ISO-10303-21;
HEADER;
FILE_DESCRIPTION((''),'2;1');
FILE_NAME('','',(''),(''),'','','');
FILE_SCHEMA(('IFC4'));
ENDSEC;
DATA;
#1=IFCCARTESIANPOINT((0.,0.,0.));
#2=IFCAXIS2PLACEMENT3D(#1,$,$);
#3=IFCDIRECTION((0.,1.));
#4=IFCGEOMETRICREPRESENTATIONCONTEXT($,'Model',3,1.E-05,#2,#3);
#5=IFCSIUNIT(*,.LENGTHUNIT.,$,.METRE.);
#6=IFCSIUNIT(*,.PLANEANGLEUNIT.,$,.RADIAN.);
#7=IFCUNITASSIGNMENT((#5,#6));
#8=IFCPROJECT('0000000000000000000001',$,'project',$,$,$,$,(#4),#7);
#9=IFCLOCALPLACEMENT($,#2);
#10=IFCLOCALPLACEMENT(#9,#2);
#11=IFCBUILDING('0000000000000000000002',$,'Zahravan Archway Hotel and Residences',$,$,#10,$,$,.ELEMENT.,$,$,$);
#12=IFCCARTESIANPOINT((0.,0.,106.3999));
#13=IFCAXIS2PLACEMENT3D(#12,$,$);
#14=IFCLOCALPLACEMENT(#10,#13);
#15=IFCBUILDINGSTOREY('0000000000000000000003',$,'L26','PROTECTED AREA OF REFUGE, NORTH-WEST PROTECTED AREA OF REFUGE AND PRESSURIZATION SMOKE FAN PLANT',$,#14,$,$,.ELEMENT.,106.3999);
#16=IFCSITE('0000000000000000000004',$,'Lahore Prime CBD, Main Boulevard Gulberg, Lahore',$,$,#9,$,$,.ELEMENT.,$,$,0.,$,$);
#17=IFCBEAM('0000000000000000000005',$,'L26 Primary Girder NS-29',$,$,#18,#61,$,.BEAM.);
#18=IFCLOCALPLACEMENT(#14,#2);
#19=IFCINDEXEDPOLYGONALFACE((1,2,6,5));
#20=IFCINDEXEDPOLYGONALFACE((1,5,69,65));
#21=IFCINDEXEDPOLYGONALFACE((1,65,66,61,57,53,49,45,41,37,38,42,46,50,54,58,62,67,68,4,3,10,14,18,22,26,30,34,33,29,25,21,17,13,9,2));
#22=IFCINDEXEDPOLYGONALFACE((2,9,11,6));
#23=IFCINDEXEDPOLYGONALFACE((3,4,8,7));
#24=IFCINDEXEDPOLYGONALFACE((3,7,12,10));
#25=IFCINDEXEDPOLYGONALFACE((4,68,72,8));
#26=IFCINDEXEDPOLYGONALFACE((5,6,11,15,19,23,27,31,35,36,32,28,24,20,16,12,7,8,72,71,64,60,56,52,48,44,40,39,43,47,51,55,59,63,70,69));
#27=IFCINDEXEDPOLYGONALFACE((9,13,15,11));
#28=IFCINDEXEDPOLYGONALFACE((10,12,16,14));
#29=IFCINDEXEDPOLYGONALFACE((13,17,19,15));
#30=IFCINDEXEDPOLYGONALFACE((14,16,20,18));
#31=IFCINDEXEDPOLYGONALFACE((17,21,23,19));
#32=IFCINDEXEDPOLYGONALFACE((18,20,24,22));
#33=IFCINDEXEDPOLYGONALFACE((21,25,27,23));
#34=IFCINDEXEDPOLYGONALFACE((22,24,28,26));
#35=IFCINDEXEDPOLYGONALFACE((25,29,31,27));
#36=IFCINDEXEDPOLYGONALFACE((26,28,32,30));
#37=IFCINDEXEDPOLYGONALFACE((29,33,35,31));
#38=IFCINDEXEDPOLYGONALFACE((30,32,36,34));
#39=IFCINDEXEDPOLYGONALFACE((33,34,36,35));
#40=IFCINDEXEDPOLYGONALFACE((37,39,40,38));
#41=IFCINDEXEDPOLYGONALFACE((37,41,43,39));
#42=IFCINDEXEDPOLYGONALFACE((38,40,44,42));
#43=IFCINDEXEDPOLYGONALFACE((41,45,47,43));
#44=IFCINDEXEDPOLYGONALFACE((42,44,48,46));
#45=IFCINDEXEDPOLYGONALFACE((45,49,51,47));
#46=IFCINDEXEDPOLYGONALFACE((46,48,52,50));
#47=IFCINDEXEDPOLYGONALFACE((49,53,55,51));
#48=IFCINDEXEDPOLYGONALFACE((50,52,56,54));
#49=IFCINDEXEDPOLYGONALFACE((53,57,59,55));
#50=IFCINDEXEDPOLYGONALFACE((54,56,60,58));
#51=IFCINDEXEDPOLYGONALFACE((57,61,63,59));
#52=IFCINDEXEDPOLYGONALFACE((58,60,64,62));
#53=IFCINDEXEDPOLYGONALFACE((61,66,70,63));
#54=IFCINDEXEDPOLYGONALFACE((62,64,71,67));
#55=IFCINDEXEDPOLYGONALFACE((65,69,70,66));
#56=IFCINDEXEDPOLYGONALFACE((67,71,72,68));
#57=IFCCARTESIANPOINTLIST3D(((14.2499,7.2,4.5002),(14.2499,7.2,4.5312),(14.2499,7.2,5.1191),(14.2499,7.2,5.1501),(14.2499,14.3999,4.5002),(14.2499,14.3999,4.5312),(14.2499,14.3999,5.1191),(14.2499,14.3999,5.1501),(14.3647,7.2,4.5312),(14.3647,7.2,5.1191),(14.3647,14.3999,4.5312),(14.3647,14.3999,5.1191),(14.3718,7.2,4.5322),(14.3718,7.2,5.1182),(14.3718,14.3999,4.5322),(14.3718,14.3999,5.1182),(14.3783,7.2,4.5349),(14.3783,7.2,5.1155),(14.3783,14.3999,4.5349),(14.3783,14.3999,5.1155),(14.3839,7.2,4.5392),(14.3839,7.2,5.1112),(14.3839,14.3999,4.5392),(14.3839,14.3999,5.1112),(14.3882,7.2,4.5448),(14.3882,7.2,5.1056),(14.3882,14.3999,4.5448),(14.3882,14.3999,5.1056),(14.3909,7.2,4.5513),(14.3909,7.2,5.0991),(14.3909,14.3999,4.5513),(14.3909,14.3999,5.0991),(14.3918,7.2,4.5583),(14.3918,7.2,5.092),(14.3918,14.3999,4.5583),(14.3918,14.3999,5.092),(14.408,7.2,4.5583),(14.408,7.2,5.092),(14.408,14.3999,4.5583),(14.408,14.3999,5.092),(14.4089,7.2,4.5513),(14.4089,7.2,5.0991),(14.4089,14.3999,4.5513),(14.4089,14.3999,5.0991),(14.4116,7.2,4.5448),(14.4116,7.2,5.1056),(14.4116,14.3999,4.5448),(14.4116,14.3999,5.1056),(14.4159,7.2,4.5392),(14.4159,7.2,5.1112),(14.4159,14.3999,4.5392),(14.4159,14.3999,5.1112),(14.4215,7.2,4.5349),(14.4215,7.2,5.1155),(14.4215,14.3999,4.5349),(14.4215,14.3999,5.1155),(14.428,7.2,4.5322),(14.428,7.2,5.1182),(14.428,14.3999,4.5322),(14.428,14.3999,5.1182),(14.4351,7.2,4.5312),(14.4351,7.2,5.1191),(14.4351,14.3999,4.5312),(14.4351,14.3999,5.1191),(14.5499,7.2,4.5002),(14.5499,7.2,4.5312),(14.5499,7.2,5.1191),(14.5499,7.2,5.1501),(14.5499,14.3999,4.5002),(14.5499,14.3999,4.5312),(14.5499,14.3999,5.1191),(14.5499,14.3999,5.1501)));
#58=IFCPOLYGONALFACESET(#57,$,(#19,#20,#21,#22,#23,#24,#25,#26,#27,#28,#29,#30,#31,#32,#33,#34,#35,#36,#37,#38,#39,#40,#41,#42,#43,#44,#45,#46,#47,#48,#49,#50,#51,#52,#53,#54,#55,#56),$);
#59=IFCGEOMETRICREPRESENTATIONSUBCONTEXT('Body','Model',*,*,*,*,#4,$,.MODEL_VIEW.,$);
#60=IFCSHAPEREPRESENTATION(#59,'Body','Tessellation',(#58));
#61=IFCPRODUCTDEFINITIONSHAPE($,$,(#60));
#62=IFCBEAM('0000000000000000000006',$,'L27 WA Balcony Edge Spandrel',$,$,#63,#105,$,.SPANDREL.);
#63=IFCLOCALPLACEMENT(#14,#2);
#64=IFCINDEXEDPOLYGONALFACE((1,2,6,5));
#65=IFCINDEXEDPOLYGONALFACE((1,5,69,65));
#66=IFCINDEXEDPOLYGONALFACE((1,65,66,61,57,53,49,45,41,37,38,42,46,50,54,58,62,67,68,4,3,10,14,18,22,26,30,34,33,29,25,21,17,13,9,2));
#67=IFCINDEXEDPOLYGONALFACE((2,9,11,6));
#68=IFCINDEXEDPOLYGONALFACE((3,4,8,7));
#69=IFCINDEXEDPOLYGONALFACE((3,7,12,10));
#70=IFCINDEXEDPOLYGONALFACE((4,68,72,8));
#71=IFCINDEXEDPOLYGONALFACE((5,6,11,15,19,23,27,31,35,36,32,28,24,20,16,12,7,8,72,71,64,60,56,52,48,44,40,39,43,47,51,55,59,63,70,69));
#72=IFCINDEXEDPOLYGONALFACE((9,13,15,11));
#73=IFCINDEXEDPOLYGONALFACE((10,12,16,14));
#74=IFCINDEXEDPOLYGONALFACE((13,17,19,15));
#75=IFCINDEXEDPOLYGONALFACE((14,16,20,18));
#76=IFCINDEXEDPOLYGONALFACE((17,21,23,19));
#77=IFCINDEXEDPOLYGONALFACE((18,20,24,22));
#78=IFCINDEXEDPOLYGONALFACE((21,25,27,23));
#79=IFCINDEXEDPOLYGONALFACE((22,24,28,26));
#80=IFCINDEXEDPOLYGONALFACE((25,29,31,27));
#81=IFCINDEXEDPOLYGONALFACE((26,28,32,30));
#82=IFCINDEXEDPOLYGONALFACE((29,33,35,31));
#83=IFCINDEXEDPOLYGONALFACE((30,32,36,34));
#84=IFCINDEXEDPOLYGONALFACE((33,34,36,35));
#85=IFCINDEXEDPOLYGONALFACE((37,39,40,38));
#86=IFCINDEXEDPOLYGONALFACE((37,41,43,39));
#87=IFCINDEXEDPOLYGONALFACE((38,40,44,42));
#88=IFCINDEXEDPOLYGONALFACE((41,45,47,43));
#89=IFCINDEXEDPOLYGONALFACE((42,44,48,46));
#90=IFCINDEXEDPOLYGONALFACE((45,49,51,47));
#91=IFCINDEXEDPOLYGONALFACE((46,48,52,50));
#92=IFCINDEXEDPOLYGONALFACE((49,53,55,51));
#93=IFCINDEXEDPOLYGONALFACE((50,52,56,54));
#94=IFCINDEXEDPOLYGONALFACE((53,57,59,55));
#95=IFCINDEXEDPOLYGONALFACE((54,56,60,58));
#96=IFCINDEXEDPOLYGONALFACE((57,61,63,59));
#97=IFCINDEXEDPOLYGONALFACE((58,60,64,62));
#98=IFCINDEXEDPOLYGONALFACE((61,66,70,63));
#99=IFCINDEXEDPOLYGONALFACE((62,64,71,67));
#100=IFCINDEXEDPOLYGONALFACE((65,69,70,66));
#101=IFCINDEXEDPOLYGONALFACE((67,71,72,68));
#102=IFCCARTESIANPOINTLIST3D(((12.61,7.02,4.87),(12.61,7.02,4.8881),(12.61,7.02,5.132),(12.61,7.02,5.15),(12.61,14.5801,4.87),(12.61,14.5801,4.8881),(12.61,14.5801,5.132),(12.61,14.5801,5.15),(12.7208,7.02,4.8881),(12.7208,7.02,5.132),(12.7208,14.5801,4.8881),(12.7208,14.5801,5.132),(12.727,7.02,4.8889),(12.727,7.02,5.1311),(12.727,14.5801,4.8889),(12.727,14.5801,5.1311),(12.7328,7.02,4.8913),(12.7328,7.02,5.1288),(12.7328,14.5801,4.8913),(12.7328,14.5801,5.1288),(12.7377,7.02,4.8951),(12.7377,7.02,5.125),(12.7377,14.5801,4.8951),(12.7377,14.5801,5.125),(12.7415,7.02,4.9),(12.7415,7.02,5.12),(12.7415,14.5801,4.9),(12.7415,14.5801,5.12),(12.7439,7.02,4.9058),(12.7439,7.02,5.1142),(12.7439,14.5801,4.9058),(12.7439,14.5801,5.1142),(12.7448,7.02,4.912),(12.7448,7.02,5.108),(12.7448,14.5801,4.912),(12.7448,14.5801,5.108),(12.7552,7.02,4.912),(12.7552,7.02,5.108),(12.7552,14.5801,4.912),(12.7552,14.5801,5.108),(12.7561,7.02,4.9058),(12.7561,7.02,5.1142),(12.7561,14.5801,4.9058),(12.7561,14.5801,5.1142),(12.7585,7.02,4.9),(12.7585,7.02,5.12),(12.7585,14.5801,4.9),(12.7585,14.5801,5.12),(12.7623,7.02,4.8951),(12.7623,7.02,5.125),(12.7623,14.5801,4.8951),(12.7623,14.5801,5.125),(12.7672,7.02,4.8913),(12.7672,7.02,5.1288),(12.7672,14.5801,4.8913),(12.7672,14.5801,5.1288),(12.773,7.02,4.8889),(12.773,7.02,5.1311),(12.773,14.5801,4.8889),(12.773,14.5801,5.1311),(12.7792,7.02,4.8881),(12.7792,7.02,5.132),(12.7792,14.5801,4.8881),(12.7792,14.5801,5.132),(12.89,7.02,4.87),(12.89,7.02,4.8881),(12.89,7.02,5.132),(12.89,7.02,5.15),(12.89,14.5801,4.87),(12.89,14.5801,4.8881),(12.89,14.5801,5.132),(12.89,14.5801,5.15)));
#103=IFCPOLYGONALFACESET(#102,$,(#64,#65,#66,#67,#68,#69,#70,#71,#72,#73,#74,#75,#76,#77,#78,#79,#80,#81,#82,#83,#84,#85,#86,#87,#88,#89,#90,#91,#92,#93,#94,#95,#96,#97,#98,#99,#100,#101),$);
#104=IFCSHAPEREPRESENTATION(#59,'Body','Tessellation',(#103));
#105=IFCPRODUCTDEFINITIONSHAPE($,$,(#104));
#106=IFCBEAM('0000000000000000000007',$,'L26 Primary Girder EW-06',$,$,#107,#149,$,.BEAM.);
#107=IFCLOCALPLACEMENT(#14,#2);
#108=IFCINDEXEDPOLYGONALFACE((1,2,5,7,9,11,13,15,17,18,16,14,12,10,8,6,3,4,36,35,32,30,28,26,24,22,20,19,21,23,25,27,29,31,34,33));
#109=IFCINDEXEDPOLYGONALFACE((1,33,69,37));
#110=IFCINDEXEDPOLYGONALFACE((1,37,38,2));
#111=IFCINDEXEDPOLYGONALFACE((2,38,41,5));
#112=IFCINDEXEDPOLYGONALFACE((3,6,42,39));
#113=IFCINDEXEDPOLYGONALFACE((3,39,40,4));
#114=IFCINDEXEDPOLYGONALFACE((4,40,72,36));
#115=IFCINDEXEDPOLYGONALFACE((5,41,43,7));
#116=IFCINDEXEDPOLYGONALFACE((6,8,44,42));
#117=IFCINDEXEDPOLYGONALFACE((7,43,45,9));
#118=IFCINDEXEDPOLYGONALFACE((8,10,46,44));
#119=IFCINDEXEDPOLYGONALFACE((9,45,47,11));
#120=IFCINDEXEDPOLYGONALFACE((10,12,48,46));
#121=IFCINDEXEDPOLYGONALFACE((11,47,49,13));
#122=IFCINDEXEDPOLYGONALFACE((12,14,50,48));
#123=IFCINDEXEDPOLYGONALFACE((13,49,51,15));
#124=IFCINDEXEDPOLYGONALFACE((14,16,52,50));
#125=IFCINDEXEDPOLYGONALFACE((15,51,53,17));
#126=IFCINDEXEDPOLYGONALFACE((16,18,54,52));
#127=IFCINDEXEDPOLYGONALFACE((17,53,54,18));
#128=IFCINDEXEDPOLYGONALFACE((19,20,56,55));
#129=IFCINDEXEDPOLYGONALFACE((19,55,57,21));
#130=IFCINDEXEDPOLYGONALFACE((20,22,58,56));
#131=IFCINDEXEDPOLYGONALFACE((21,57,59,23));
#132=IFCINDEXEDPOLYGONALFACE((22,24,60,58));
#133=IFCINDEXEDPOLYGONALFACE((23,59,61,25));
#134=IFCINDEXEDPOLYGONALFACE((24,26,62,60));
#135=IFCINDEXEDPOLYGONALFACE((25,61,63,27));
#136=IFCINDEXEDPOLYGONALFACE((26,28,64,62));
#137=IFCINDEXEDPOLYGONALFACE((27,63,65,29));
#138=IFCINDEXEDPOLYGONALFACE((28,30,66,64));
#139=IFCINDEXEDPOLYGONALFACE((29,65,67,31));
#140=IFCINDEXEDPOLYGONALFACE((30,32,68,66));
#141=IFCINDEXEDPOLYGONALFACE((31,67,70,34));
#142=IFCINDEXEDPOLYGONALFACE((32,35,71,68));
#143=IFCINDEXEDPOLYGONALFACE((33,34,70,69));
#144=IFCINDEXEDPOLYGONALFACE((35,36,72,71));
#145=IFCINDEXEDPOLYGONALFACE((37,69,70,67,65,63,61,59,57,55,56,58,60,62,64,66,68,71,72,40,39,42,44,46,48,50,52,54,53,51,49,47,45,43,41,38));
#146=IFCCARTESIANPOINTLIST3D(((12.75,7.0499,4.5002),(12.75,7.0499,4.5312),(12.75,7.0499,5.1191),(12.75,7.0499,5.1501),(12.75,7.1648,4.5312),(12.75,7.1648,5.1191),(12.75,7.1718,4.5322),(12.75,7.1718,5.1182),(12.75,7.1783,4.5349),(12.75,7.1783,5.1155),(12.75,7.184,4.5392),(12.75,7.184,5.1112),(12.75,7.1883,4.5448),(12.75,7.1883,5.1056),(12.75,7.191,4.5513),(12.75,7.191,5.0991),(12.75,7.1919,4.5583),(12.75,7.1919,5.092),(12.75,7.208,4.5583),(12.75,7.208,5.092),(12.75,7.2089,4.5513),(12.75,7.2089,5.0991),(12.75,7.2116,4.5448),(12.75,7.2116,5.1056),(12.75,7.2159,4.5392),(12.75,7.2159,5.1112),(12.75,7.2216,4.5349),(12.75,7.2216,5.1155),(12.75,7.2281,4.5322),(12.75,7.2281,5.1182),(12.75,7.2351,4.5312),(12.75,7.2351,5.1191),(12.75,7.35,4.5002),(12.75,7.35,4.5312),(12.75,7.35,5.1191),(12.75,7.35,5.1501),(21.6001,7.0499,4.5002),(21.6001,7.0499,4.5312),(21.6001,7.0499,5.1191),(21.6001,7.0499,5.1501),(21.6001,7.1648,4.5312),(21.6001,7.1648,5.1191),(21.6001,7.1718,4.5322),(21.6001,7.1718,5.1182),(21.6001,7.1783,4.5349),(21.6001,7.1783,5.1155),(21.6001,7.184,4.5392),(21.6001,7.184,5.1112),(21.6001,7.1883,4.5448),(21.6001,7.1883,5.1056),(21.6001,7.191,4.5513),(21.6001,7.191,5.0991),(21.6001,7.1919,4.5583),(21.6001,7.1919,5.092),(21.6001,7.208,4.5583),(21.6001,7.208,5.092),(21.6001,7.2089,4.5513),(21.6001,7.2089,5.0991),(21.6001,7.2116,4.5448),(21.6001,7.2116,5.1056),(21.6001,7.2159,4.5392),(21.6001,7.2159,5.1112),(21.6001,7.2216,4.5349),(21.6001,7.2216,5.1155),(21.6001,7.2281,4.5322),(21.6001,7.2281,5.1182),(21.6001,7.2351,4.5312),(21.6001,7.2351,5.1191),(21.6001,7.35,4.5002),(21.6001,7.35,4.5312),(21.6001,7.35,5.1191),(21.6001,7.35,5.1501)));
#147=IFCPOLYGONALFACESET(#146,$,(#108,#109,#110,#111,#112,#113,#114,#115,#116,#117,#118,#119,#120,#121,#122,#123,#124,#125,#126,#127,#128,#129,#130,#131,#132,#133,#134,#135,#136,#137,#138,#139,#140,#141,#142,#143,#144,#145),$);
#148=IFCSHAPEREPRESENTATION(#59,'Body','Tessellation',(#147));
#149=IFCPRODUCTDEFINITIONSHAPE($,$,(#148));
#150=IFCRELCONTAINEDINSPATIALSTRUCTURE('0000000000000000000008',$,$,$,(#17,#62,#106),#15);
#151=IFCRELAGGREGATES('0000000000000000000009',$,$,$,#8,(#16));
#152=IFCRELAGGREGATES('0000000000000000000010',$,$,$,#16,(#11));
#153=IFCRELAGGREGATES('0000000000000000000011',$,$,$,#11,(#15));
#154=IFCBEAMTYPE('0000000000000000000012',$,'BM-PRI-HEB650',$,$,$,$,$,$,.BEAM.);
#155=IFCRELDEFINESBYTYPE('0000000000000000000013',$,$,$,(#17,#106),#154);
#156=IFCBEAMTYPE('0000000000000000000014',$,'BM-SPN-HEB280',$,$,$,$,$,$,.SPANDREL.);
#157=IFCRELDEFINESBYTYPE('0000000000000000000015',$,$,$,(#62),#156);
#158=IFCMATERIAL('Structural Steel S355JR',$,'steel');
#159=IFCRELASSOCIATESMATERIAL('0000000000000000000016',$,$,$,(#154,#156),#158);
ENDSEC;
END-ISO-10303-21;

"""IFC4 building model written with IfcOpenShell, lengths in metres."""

from ifc_helpers import new_model, si_unit, direction, frame, origin, origin_2d, place, context, subcontext, project, spatial, i_section, extrude, source, transform, mapped, material, material_profile, profile_set, type_object, type_shapes, element, save


model = new_model("IFC4")

# Units and contexts
model_context = context("Model", 3, precision=1e-05, world=origin(), true_north=direction((0.0, 1.0)))
body_context = subcontext(model_context, "Body", "Model", "MODEL_VIEW")
ifc_project = project(units=[si_unit("LENGTHUNIT", "METRE"), si_unit("PLANEANGLEUNIT", "RADIAN")], contexts=[model_context])

# Site, building, storey
site_placement = place(None, origin())
site = spatial("IfcSite", under=ifc_project, at=site_placement, Name="Lahore Prime CBD, Main Boulevard Gulberg, Lahore", CompositionType="ELEMENT", RefElevation=0.0)
building_placement = place(site_placement, origin())
building = spatial("IfcBuilding", under=site, at=building_placement, Name="Zahravan Archway Hotel and Residences", CompositionType="ELEMENT")
storey_placement = place(building_placement, frame((0.0, 0.0, 106.3999)))
storey = spatial("IfcBuildingStorey", under=building, at=storey_placement, Name="L26", Description="PROTECTED AREA OF REFUGE, NORTH-WEST PROTECTED AREA OF REFUGE AND PRESSURIZATION SMOKE FAN PLANT", CompositionType="ELEMENT", Elevation=106.3999)

# Beams
ifc_material_1 = material(Name="Structural Steel S355JR", Category="steel")
ifc_material_profile_1 = material_profile(ifc_material_1, i_section(OverallWidth=0.3, OverallDepth=0.6499, WebThickness=0.0161, FlangeThickness=0.031, FilletRadius=0.0271, at=origin_2d()), Name="HEB 650", Category="steel")
ifc_profile_set_1 = profile_set([ifc_material_profile_1], Name="Structural Steel S355JR")
beam_type_1 = type_object("IfcBeamType", Name="BM-PRI-HEB650", PredefinedType="BEAM", material=ifc_profile_set_1)
shared_shape_1 = source(origin(), body_context, "Body", "SweptSolid", [
    extrude(i_section(OverallWidth=0.3, OverallDepth=0.6499, WebThickness=0.0161, FlangeThickness=0.031, FilletRadius=0.0271, at=origin_2d()), origin(), (0.0, 0.0, 1.0), 7.2),
])
for number, where, z_axis, x_axis, name in (
    (1, (14.3999, 7.2, 4.8252), (0.0, 1.0, 0.0), (-1.0, 0.0, 0.0), "L26 Primary Girder NS-29"),
):
    element("IfcBeam", number, at=place(storey_placement, frame(where, z_axis=z_axis, x_axis=x_axis)), inside=storey, type_object=beam_type_1, Name=name, PredefinedType="BEAM", context=body_context, shape_type="MappedRepresentation", body=[
        mapped(shared_shape_1, transform((0.0, 0.0, 0.0), scale=1.0)),
    ])
ifc_material_profile_2 = material_profile(ifc_material_1, i_section(OverallWidth=0.28, OverallDepth=0.28, WebThickness=0.0105, FlangeThickness=0.0181, FilletRadius=0.0239, at=origin_2d()), Name="HEB 280", Category="steel")
ifc_profile_set_2 = profile_set([ifc_material_profile_2], Name="Structural Steel S355JR")
beam_type_2 = type_object("IfcBeamType", Name="BM-SPN-HEB280", PredefinedType="SPANDREL", material=ifc_profile_set_2)
shared_shape_2 = source(origin(), body_context, "Body", "SweptSolid", [
    extrude(i_section(OverallWidth=0.28, OverallDepth=0.28, WebThickness=0.0105, FlangeThickness=0.0181, FilletRadius=0.0239, at=origin_2d()), origin(), (0.0, 0.0, 1.0), 7.5601),
])
type_shapes(beam_type_2, [shared_shape_2])
beam_1_placement = place(storey_placement, frame((12.75, 7.02, 5.01), z_axis=(0.0, 1.0, 0.0), x_axis=(-1.0, 0.0, 0.0)))
element("IfcBeam", 2, at=beam_1_placement, inside=storey, type_object=beam_type_2, Name="L27 WA Balcony Edge Spandrel", PredefinedType="SPANDREL", context=body_context, shape_type="MappedRepresentation", body=[
    mapped(shared_shape_2, transform((0.0, 0.0, 0.0), scale=1.0)),
])
shared_shape_3 = source(origin(), body_context, "Body", "SweptSolid", [
    extrude(i_section(OverallWidth=0.3, OverallDepth=0.6499, WebThickness=0.0161, FlangeThickness=0.031, FilletRadius=0.0271, at=origin_2d()), origin(), (0.0, 0.0, 1.0), 8.8501),
])
beam_2_placement = place(storey_placement, frame((12.75, 7.2, 4.8252), z_axis=(1.0, 0.0, 0.0), x_axis=(0.0, 1.0, 0.0)))
element("IfcBeam", 3, at=beam_2_placement, inside=storey, type_object=beam_type_1, Name="L26 Primary Girder EW-06", PredefinedType="BEAM", context=body_context, shape_type="MappedRepresentation", body=[
    mapped(shared_shape_3, transform((0.0, 0.0, 0.0), scale=1.0)),
])

save(model, "model.ifc")
